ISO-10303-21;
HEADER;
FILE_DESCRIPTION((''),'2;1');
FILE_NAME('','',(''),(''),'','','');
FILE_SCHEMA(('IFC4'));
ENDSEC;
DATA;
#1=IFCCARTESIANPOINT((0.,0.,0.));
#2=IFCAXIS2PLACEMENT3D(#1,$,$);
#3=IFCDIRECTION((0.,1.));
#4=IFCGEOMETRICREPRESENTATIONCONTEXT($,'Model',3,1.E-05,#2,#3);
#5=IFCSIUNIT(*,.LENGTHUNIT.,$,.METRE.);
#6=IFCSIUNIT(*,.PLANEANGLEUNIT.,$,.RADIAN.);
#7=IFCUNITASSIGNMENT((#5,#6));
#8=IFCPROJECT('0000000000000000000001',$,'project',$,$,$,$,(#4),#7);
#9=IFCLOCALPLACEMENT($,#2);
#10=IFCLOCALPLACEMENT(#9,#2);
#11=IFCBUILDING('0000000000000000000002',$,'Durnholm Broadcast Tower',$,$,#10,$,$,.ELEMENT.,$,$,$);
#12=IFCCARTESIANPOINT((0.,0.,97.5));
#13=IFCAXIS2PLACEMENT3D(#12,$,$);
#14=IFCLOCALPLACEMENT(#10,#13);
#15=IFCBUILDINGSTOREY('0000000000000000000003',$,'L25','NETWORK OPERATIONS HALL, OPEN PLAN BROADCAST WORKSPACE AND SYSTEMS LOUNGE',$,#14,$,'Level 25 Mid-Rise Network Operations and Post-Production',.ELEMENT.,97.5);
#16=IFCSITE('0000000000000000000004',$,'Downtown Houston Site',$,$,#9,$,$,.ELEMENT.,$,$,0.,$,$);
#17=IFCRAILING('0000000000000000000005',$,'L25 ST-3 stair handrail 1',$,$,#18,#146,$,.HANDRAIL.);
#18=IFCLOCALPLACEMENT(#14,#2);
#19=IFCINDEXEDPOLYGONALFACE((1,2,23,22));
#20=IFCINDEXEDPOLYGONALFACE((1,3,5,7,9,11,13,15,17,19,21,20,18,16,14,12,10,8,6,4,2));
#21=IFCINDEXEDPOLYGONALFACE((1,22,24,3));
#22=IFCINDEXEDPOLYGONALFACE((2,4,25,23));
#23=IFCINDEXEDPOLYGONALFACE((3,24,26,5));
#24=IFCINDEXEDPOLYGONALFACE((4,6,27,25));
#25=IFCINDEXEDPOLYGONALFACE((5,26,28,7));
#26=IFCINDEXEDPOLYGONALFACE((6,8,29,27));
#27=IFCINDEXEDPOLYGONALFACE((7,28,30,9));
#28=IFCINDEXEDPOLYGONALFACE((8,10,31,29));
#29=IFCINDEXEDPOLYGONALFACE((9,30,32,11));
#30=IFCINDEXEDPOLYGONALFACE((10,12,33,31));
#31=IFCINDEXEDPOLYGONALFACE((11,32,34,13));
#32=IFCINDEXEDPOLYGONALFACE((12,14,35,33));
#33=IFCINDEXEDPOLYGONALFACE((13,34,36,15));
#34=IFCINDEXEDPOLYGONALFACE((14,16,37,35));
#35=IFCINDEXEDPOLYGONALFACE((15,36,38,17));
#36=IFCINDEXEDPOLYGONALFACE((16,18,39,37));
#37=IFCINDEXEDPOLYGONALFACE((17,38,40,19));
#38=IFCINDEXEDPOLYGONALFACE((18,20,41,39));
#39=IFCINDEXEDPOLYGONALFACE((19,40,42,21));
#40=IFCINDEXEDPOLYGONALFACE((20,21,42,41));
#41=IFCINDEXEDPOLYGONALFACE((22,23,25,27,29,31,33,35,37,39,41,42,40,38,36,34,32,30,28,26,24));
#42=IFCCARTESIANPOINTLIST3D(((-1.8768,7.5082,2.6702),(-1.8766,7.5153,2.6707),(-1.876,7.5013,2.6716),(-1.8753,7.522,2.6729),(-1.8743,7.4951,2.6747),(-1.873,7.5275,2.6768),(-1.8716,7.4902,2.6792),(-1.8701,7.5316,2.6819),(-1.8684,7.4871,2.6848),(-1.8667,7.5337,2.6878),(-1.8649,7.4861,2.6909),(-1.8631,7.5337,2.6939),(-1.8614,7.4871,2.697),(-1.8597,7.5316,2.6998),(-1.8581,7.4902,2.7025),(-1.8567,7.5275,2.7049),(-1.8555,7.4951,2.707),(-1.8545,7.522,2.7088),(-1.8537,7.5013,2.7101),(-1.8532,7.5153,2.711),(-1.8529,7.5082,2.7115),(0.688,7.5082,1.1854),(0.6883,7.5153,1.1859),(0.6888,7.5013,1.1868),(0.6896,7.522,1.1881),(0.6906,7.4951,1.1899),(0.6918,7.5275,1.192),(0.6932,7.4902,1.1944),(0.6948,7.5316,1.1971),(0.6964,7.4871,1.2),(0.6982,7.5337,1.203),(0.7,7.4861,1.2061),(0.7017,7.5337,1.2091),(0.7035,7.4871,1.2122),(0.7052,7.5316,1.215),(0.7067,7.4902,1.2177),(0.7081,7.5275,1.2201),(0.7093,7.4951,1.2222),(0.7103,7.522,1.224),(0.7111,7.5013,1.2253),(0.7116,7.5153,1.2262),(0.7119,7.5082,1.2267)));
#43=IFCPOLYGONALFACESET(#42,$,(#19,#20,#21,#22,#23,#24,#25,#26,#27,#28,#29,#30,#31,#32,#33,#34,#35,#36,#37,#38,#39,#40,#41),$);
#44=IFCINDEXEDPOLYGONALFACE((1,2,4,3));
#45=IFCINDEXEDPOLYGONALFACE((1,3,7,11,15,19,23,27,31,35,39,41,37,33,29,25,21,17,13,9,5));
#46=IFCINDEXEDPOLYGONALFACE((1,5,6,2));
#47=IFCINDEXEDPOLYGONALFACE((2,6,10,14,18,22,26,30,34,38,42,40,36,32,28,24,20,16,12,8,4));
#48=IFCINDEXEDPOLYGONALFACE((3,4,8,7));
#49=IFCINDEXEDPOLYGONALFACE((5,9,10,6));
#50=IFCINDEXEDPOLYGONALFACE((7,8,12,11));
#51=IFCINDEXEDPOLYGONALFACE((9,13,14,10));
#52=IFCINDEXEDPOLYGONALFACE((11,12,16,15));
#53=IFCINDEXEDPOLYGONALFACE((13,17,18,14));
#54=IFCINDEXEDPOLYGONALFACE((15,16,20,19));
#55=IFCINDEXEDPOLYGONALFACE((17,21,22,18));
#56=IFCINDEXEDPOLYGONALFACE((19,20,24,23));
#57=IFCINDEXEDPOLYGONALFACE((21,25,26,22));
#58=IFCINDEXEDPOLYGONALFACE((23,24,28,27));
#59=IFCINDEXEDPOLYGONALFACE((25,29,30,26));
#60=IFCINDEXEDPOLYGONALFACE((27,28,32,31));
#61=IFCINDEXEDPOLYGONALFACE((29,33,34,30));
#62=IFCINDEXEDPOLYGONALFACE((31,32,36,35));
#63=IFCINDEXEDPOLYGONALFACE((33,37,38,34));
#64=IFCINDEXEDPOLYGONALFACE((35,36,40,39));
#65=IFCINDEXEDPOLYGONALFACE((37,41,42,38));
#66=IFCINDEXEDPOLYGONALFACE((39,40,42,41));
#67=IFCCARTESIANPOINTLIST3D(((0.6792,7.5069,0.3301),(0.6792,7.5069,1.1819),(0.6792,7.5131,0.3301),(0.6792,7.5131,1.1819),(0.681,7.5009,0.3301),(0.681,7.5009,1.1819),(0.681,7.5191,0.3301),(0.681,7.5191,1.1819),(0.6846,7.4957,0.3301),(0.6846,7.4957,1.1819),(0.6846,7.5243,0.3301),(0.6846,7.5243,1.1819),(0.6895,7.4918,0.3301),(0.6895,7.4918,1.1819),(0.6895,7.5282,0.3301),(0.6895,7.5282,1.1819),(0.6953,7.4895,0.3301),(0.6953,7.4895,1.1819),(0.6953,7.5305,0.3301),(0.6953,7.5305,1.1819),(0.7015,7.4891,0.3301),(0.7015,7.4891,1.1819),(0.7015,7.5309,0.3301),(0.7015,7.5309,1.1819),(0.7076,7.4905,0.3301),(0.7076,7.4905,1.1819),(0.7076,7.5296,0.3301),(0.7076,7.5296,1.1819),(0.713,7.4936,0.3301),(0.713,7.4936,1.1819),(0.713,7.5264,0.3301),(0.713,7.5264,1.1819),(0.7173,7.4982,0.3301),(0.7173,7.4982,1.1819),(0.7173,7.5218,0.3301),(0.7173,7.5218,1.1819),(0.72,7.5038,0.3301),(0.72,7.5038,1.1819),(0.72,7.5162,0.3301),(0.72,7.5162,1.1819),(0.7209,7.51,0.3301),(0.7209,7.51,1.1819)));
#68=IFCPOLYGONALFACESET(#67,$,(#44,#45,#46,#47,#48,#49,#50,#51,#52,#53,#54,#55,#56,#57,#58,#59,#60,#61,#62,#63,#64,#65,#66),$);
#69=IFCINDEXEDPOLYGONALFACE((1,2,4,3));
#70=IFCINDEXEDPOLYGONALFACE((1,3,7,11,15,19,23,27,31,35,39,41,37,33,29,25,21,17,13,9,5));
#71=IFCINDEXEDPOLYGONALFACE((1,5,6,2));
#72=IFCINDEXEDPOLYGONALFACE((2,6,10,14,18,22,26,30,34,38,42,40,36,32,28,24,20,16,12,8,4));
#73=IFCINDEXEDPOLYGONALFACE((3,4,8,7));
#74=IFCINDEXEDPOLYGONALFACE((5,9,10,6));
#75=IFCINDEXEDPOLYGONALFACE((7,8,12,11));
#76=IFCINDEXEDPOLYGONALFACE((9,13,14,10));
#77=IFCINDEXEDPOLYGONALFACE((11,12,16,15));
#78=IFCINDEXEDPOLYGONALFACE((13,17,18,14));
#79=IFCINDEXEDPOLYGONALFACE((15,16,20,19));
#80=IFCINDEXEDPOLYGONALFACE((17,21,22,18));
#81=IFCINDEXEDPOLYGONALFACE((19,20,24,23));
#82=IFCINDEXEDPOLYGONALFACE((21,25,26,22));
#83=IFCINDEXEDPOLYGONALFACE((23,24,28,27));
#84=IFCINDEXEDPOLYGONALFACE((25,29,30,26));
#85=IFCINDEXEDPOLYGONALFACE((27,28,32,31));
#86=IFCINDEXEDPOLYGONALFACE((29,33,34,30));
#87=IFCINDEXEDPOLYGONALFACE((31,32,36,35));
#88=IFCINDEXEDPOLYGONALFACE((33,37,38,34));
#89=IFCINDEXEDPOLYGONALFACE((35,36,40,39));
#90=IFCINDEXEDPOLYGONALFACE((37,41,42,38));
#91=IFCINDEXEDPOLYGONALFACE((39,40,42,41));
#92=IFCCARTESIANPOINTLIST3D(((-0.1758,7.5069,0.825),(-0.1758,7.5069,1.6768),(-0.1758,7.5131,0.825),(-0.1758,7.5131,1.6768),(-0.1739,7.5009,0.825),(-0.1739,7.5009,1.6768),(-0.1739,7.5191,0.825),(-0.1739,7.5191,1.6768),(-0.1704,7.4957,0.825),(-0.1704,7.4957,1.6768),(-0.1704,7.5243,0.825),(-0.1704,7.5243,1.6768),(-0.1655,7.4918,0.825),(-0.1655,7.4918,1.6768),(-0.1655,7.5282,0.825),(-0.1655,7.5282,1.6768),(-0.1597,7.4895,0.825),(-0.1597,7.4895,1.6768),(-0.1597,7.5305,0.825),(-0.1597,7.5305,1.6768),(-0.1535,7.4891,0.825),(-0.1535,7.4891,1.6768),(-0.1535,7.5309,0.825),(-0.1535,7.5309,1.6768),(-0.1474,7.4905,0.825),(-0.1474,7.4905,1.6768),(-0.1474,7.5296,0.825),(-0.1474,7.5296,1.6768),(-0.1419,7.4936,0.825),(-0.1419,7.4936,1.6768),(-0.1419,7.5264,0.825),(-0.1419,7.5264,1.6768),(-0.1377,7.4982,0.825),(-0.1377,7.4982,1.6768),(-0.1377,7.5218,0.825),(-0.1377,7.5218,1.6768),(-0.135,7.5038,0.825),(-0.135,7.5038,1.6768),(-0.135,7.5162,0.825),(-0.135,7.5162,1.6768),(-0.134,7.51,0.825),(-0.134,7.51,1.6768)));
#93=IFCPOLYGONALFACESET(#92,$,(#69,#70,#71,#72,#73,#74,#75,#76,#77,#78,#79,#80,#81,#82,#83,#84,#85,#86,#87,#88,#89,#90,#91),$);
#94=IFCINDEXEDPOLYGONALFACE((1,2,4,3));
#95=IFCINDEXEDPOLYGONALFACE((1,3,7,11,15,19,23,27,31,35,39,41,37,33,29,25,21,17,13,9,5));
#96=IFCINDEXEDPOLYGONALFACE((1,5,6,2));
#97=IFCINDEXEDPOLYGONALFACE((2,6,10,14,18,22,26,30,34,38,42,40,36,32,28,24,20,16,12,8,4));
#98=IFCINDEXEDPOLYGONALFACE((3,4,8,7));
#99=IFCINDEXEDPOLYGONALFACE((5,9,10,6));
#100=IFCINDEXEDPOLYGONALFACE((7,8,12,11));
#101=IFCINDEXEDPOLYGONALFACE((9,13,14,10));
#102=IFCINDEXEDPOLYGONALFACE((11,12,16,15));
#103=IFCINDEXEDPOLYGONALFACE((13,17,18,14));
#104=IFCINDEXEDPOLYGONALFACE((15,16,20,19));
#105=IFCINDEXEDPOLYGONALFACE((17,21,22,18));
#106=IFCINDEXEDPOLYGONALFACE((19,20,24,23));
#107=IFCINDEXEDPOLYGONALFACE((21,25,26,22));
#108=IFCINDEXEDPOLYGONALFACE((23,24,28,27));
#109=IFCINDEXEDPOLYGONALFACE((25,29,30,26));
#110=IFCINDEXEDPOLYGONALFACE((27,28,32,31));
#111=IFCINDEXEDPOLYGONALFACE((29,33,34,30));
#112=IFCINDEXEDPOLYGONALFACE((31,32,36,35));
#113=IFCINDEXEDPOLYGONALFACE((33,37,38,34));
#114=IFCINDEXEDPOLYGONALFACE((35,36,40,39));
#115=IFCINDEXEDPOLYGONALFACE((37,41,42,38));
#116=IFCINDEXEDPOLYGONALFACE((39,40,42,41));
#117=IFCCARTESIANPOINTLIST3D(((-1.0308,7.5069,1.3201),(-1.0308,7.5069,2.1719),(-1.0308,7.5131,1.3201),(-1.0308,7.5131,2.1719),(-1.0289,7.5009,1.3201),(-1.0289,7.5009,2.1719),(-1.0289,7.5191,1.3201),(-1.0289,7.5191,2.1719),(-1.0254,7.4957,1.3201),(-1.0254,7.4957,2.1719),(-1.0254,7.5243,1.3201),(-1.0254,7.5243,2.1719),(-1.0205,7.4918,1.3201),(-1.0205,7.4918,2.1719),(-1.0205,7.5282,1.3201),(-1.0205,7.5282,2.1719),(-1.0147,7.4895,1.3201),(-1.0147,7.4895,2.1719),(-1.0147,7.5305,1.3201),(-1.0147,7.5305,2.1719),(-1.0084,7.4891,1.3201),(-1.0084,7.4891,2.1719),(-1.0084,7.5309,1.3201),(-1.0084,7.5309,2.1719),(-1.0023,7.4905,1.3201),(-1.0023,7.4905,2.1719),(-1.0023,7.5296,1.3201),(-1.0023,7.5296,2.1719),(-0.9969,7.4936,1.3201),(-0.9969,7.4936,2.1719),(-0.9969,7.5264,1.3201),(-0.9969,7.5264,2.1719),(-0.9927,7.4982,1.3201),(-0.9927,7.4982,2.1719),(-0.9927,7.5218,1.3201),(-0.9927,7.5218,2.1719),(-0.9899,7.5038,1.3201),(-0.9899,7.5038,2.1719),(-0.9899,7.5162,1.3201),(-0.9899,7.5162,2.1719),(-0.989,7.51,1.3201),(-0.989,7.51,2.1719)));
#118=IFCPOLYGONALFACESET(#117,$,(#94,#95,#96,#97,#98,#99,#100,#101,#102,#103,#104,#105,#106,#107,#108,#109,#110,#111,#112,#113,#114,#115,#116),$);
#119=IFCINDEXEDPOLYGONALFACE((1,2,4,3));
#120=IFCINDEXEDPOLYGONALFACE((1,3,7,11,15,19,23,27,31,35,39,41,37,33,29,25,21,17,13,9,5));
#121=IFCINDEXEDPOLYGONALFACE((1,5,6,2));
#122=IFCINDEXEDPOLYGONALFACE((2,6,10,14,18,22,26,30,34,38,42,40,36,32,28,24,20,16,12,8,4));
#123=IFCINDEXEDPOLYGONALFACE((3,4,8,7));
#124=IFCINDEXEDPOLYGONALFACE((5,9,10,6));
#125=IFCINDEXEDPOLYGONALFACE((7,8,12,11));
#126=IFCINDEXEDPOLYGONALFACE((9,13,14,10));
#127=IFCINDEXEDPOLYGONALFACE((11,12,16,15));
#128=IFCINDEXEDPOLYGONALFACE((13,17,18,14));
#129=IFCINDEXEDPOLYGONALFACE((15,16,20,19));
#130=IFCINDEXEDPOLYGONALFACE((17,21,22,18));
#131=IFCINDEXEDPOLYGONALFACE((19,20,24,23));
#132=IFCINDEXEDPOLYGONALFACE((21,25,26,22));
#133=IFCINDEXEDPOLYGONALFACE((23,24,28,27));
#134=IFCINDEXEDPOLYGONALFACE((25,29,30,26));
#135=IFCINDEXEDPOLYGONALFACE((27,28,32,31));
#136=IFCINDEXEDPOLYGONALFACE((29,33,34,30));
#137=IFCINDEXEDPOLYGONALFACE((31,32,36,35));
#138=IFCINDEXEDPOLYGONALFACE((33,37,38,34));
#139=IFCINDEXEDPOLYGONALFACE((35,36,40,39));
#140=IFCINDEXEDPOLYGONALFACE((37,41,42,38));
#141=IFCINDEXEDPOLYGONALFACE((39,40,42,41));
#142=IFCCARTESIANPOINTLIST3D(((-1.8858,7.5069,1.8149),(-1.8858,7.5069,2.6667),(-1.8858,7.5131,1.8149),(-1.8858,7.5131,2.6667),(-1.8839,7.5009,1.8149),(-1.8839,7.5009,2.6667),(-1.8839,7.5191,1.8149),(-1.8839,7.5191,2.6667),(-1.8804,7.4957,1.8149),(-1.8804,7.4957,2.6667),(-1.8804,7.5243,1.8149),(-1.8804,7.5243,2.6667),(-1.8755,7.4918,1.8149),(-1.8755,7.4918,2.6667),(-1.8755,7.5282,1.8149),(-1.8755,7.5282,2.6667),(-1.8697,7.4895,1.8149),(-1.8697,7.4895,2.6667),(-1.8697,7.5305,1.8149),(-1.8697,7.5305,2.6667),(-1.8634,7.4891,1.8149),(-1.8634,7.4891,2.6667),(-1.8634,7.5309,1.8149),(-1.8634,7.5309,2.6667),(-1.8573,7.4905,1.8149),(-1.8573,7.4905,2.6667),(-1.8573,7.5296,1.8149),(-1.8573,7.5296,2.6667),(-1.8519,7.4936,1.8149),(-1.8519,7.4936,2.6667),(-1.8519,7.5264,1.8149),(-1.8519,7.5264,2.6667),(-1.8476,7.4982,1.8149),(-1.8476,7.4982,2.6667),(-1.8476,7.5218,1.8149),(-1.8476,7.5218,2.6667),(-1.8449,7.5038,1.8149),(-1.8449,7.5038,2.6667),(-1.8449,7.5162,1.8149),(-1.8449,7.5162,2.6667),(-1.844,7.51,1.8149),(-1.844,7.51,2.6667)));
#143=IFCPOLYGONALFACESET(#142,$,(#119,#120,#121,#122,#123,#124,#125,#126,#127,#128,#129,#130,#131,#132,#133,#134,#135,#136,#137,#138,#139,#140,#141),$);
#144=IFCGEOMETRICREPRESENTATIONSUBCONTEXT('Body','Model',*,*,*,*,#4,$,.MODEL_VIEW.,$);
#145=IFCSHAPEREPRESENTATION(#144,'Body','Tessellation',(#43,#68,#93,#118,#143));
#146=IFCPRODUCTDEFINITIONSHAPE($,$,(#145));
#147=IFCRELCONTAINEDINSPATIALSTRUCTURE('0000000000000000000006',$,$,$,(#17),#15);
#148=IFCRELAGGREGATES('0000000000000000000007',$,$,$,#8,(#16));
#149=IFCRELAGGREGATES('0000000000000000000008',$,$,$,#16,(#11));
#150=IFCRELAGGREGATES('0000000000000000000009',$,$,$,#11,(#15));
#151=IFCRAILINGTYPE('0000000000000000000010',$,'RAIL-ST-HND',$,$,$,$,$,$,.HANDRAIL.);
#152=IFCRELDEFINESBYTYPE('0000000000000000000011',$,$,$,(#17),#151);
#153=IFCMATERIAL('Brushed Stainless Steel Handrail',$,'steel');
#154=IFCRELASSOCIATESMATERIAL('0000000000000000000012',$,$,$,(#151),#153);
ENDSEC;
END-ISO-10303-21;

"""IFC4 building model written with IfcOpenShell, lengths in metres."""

from ifc_helpers import new_model, si_unit, direction, frame, origin, origin_2d, place, context, subcontext, project, spatial, circle, extrude, material, type_object, element, save


model = new_model("IFC4")

# Units and contexts
model_context = context("Model", 3, precision=1e-05, world=origin(), true_north=direction((0.0, 1.0)))
body_context = subcontext(model_context, "Body", "Model", "MODEL_VIEW")
ifc_project = project(units=[si_unit("LENGTHUNIT", "METRE"), si_unit("PLANEANGLEUNIT", "RADIAN")], contexts=[model_context])

# Site, building, storey
site_placement = place(None, origin())
site = spatial("IfcSite", under=ifc_project, at=site_placement, Name="Downtown Houston Site", CompositionType="ELEMENT", RefElevation=0.0)
building_placement = place(site_placement, origin())
building = spatial("IfcBuilding", under=site, at=building_placement, Name="Durnholm Broadcast Tower", CompositionType="ELEMENT")
storey_placement = place(building_placement, frame((0.0, 0.0, 97.5)))
storey = spatial("IfcBuildingStorey", under=building, at=storey_placement, Name="L25", Description="NETWORK OPERATIONS HALL, OPEN PLAN BROADCAST WORKSPACE AND SYSTEMS LOUNGE", LongName="Level 25 Mid-Rise Network Operations and Post-Production", CompositionType="ELEMENT", Elevation=97.5)

# Railing
ifc_material_1 = material(Name="Brushed Stainless Steel Handrail", Category="steel")
railing_type_1 = type_object("IfcRailingType", Name="RAIL-ST-HND", PredefinedType="HANDRAIL", material=ifc_material_1)
railing_1_placement = place(storey_placement, frame((0.7, 7.51, 0.3301)))
element("IfcRailing", 1, at=railing_1_placement, inside=storey, type_object=railing_type_1, Name="L25 ST-3 stair handrail 1", PredefinedType="HANDRAIL", context=body_context, shape_type="SweptSolid", body=[
    extrude(circle(Radius=0.0239, at=origin_2d()), frame((0.0, 0.0, 0.876), z_axis=(-0.865441, 0.0, 0.50101), x_axis=(0.0, -1.0, 0.0)), (0.0, 0.0, 1.0), 2.9636),
    extrude(circle(Radius=0.021, at=origin_2d()), origin(), (0.0, 0.0, 1.0), 0.8518),
    extrude(circle(Radius=0.021, at=origin_2d()), frame((-0.855, 0.0, 0.4949)), (0.0, 0.0, 1.0), 0.8518),
    extrude(circle(Radius=0.021, at=origin_2d()), frame((-1.71, 0.0, 0.99)), (0.0, 0.0, 1.0), 0.8518),
    extrude(circle(Radius=0.021, at=origin_2d()), frame((-2.5649, 0.0, 1.4849)), (0.0, 0.0, 1.0), 0.8518),
])

save(model, "model.ifc")
